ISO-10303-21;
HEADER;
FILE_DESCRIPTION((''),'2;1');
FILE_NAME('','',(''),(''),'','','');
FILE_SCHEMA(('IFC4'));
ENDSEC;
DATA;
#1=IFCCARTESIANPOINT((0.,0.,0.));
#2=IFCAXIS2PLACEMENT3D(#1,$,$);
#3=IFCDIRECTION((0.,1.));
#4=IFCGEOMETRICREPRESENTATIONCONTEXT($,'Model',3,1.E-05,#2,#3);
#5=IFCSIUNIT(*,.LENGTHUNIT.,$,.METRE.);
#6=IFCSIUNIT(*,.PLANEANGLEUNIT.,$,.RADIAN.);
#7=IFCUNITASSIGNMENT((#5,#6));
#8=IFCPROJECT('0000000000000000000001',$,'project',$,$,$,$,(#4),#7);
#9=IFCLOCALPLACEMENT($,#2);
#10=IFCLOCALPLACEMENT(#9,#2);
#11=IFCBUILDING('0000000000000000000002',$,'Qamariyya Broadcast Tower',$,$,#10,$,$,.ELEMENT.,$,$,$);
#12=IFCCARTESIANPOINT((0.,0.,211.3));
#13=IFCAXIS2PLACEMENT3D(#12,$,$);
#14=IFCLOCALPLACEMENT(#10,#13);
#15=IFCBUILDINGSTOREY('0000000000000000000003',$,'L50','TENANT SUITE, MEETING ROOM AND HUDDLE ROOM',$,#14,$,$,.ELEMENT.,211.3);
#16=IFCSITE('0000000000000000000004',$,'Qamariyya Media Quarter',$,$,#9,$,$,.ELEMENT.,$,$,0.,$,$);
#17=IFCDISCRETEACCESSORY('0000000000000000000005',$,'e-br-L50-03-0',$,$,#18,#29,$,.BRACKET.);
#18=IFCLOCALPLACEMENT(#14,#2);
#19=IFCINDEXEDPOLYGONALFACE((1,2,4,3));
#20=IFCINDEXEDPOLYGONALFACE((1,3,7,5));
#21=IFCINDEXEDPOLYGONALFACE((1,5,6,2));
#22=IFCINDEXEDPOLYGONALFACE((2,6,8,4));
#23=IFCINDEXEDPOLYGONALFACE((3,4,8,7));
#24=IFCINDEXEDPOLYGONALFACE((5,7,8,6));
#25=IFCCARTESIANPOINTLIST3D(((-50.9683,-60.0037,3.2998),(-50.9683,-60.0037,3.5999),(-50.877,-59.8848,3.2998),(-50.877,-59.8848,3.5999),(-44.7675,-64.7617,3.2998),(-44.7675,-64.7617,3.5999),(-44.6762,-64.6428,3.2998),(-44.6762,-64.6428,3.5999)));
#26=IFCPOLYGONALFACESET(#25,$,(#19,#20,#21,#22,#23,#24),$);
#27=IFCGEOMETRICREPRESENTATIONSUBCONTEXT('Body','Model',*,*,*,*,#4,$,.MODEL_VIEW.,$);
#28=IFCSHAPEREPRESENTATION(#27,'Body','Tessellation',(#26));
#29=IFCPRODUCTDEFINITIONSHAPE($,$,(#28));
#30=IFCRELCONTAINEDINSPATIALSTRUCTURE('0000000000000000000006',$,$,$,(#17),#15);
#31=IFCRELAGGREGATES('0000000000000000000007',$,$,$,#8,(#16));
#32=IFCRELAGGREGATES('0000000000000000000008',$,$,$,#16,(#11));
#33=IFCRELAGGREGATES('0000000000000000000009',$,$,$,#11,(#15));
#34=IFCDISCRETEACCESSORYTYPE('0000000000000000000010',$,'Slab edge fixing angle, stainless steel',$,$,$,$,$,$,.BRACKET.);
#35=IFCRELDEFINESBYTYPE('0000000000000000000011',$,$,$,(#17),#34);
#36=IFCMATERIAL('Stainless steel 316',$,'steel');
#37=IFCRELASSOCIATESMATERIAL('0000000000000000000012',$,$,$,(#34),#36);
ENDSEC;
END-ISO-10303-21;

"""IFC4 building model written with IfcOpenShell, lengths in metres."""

from ifc_helpers import new_model, si_unit, direction, frame, origin, origin_2d, place, context, subcontext, project, spatial, rectangle, extrude, material, type_object, element, save


model = new_model("IFC4")

# Units and contexts
model_context = context("Model", 3, precision=1e-05, world=origin(), true_north=direction((0.0, 1.0)))
body_context = subcontext(model_context, "Body", "Model", "MODEL_VIEW")
ifc_project = project(units=[si_unit("LENGTHUNIT", "METRE"), si_unit("PLANEANGLEUNIT", "RADIAN")], contexts=[model_context])

# Site, building, storey
site_placement = place(None, origin())
site = spatial("IfcSite", under=ifc_project, at=site_placement, Name="Qamariyya Media Quarter", CompositionType="ELEMENT", RefElevation=0.0)
building_placement = place(site_placement, origin())
building = spatial("IfcBuilding", under=site, at=building_placement, Name="Qamariyya Broadcast Tower", CompositionType="ELEMENT")
storey_placement = place(building_placement, frame((0.0, 0.0, 211.3)))
storey = spatial("IfcBuildingStorey", under=building, at=storey_placement, Name="L50", Description="TENANT SUITE, MEETING ROOM AND HUDDLE ROOM", CompositionType="ELEMENT", Elevation=211.3)

# Discrete accessory
ifc_material_1 = material(Name="Stainless steel 316", Category="steel")
discrete_accessory_type = type_object("IfcDiscreteAccessoryType", Name="Slab edge fixing angle, stainless steel", PredefinedType="BRACKET", material=ifc_material_1)
discrete_accessory_placement = place(storey_placement, frame((-47.8223, -62.3232, 3.2998), z_axis=(0.0, 0.0, 1.0), x_axis=(0.793353, -0.608761, 0.0)))
element("IfcDiscreteAccessory", 1, at=discrete_accessory_placement, inside=storey, type_object=discrete_accessory_type, Name="e-br-L50-03-0", PredefinedType="BRACKET", context=body_context, shape_type="SweptSolid", body=[
    extrude(rectangle(XDim=7.8159, YDim=0.1499, at=origin_2d()), origin(), (0.0, 0.0, 1.0), 0.3),
])

save(model, "model.ifc")
